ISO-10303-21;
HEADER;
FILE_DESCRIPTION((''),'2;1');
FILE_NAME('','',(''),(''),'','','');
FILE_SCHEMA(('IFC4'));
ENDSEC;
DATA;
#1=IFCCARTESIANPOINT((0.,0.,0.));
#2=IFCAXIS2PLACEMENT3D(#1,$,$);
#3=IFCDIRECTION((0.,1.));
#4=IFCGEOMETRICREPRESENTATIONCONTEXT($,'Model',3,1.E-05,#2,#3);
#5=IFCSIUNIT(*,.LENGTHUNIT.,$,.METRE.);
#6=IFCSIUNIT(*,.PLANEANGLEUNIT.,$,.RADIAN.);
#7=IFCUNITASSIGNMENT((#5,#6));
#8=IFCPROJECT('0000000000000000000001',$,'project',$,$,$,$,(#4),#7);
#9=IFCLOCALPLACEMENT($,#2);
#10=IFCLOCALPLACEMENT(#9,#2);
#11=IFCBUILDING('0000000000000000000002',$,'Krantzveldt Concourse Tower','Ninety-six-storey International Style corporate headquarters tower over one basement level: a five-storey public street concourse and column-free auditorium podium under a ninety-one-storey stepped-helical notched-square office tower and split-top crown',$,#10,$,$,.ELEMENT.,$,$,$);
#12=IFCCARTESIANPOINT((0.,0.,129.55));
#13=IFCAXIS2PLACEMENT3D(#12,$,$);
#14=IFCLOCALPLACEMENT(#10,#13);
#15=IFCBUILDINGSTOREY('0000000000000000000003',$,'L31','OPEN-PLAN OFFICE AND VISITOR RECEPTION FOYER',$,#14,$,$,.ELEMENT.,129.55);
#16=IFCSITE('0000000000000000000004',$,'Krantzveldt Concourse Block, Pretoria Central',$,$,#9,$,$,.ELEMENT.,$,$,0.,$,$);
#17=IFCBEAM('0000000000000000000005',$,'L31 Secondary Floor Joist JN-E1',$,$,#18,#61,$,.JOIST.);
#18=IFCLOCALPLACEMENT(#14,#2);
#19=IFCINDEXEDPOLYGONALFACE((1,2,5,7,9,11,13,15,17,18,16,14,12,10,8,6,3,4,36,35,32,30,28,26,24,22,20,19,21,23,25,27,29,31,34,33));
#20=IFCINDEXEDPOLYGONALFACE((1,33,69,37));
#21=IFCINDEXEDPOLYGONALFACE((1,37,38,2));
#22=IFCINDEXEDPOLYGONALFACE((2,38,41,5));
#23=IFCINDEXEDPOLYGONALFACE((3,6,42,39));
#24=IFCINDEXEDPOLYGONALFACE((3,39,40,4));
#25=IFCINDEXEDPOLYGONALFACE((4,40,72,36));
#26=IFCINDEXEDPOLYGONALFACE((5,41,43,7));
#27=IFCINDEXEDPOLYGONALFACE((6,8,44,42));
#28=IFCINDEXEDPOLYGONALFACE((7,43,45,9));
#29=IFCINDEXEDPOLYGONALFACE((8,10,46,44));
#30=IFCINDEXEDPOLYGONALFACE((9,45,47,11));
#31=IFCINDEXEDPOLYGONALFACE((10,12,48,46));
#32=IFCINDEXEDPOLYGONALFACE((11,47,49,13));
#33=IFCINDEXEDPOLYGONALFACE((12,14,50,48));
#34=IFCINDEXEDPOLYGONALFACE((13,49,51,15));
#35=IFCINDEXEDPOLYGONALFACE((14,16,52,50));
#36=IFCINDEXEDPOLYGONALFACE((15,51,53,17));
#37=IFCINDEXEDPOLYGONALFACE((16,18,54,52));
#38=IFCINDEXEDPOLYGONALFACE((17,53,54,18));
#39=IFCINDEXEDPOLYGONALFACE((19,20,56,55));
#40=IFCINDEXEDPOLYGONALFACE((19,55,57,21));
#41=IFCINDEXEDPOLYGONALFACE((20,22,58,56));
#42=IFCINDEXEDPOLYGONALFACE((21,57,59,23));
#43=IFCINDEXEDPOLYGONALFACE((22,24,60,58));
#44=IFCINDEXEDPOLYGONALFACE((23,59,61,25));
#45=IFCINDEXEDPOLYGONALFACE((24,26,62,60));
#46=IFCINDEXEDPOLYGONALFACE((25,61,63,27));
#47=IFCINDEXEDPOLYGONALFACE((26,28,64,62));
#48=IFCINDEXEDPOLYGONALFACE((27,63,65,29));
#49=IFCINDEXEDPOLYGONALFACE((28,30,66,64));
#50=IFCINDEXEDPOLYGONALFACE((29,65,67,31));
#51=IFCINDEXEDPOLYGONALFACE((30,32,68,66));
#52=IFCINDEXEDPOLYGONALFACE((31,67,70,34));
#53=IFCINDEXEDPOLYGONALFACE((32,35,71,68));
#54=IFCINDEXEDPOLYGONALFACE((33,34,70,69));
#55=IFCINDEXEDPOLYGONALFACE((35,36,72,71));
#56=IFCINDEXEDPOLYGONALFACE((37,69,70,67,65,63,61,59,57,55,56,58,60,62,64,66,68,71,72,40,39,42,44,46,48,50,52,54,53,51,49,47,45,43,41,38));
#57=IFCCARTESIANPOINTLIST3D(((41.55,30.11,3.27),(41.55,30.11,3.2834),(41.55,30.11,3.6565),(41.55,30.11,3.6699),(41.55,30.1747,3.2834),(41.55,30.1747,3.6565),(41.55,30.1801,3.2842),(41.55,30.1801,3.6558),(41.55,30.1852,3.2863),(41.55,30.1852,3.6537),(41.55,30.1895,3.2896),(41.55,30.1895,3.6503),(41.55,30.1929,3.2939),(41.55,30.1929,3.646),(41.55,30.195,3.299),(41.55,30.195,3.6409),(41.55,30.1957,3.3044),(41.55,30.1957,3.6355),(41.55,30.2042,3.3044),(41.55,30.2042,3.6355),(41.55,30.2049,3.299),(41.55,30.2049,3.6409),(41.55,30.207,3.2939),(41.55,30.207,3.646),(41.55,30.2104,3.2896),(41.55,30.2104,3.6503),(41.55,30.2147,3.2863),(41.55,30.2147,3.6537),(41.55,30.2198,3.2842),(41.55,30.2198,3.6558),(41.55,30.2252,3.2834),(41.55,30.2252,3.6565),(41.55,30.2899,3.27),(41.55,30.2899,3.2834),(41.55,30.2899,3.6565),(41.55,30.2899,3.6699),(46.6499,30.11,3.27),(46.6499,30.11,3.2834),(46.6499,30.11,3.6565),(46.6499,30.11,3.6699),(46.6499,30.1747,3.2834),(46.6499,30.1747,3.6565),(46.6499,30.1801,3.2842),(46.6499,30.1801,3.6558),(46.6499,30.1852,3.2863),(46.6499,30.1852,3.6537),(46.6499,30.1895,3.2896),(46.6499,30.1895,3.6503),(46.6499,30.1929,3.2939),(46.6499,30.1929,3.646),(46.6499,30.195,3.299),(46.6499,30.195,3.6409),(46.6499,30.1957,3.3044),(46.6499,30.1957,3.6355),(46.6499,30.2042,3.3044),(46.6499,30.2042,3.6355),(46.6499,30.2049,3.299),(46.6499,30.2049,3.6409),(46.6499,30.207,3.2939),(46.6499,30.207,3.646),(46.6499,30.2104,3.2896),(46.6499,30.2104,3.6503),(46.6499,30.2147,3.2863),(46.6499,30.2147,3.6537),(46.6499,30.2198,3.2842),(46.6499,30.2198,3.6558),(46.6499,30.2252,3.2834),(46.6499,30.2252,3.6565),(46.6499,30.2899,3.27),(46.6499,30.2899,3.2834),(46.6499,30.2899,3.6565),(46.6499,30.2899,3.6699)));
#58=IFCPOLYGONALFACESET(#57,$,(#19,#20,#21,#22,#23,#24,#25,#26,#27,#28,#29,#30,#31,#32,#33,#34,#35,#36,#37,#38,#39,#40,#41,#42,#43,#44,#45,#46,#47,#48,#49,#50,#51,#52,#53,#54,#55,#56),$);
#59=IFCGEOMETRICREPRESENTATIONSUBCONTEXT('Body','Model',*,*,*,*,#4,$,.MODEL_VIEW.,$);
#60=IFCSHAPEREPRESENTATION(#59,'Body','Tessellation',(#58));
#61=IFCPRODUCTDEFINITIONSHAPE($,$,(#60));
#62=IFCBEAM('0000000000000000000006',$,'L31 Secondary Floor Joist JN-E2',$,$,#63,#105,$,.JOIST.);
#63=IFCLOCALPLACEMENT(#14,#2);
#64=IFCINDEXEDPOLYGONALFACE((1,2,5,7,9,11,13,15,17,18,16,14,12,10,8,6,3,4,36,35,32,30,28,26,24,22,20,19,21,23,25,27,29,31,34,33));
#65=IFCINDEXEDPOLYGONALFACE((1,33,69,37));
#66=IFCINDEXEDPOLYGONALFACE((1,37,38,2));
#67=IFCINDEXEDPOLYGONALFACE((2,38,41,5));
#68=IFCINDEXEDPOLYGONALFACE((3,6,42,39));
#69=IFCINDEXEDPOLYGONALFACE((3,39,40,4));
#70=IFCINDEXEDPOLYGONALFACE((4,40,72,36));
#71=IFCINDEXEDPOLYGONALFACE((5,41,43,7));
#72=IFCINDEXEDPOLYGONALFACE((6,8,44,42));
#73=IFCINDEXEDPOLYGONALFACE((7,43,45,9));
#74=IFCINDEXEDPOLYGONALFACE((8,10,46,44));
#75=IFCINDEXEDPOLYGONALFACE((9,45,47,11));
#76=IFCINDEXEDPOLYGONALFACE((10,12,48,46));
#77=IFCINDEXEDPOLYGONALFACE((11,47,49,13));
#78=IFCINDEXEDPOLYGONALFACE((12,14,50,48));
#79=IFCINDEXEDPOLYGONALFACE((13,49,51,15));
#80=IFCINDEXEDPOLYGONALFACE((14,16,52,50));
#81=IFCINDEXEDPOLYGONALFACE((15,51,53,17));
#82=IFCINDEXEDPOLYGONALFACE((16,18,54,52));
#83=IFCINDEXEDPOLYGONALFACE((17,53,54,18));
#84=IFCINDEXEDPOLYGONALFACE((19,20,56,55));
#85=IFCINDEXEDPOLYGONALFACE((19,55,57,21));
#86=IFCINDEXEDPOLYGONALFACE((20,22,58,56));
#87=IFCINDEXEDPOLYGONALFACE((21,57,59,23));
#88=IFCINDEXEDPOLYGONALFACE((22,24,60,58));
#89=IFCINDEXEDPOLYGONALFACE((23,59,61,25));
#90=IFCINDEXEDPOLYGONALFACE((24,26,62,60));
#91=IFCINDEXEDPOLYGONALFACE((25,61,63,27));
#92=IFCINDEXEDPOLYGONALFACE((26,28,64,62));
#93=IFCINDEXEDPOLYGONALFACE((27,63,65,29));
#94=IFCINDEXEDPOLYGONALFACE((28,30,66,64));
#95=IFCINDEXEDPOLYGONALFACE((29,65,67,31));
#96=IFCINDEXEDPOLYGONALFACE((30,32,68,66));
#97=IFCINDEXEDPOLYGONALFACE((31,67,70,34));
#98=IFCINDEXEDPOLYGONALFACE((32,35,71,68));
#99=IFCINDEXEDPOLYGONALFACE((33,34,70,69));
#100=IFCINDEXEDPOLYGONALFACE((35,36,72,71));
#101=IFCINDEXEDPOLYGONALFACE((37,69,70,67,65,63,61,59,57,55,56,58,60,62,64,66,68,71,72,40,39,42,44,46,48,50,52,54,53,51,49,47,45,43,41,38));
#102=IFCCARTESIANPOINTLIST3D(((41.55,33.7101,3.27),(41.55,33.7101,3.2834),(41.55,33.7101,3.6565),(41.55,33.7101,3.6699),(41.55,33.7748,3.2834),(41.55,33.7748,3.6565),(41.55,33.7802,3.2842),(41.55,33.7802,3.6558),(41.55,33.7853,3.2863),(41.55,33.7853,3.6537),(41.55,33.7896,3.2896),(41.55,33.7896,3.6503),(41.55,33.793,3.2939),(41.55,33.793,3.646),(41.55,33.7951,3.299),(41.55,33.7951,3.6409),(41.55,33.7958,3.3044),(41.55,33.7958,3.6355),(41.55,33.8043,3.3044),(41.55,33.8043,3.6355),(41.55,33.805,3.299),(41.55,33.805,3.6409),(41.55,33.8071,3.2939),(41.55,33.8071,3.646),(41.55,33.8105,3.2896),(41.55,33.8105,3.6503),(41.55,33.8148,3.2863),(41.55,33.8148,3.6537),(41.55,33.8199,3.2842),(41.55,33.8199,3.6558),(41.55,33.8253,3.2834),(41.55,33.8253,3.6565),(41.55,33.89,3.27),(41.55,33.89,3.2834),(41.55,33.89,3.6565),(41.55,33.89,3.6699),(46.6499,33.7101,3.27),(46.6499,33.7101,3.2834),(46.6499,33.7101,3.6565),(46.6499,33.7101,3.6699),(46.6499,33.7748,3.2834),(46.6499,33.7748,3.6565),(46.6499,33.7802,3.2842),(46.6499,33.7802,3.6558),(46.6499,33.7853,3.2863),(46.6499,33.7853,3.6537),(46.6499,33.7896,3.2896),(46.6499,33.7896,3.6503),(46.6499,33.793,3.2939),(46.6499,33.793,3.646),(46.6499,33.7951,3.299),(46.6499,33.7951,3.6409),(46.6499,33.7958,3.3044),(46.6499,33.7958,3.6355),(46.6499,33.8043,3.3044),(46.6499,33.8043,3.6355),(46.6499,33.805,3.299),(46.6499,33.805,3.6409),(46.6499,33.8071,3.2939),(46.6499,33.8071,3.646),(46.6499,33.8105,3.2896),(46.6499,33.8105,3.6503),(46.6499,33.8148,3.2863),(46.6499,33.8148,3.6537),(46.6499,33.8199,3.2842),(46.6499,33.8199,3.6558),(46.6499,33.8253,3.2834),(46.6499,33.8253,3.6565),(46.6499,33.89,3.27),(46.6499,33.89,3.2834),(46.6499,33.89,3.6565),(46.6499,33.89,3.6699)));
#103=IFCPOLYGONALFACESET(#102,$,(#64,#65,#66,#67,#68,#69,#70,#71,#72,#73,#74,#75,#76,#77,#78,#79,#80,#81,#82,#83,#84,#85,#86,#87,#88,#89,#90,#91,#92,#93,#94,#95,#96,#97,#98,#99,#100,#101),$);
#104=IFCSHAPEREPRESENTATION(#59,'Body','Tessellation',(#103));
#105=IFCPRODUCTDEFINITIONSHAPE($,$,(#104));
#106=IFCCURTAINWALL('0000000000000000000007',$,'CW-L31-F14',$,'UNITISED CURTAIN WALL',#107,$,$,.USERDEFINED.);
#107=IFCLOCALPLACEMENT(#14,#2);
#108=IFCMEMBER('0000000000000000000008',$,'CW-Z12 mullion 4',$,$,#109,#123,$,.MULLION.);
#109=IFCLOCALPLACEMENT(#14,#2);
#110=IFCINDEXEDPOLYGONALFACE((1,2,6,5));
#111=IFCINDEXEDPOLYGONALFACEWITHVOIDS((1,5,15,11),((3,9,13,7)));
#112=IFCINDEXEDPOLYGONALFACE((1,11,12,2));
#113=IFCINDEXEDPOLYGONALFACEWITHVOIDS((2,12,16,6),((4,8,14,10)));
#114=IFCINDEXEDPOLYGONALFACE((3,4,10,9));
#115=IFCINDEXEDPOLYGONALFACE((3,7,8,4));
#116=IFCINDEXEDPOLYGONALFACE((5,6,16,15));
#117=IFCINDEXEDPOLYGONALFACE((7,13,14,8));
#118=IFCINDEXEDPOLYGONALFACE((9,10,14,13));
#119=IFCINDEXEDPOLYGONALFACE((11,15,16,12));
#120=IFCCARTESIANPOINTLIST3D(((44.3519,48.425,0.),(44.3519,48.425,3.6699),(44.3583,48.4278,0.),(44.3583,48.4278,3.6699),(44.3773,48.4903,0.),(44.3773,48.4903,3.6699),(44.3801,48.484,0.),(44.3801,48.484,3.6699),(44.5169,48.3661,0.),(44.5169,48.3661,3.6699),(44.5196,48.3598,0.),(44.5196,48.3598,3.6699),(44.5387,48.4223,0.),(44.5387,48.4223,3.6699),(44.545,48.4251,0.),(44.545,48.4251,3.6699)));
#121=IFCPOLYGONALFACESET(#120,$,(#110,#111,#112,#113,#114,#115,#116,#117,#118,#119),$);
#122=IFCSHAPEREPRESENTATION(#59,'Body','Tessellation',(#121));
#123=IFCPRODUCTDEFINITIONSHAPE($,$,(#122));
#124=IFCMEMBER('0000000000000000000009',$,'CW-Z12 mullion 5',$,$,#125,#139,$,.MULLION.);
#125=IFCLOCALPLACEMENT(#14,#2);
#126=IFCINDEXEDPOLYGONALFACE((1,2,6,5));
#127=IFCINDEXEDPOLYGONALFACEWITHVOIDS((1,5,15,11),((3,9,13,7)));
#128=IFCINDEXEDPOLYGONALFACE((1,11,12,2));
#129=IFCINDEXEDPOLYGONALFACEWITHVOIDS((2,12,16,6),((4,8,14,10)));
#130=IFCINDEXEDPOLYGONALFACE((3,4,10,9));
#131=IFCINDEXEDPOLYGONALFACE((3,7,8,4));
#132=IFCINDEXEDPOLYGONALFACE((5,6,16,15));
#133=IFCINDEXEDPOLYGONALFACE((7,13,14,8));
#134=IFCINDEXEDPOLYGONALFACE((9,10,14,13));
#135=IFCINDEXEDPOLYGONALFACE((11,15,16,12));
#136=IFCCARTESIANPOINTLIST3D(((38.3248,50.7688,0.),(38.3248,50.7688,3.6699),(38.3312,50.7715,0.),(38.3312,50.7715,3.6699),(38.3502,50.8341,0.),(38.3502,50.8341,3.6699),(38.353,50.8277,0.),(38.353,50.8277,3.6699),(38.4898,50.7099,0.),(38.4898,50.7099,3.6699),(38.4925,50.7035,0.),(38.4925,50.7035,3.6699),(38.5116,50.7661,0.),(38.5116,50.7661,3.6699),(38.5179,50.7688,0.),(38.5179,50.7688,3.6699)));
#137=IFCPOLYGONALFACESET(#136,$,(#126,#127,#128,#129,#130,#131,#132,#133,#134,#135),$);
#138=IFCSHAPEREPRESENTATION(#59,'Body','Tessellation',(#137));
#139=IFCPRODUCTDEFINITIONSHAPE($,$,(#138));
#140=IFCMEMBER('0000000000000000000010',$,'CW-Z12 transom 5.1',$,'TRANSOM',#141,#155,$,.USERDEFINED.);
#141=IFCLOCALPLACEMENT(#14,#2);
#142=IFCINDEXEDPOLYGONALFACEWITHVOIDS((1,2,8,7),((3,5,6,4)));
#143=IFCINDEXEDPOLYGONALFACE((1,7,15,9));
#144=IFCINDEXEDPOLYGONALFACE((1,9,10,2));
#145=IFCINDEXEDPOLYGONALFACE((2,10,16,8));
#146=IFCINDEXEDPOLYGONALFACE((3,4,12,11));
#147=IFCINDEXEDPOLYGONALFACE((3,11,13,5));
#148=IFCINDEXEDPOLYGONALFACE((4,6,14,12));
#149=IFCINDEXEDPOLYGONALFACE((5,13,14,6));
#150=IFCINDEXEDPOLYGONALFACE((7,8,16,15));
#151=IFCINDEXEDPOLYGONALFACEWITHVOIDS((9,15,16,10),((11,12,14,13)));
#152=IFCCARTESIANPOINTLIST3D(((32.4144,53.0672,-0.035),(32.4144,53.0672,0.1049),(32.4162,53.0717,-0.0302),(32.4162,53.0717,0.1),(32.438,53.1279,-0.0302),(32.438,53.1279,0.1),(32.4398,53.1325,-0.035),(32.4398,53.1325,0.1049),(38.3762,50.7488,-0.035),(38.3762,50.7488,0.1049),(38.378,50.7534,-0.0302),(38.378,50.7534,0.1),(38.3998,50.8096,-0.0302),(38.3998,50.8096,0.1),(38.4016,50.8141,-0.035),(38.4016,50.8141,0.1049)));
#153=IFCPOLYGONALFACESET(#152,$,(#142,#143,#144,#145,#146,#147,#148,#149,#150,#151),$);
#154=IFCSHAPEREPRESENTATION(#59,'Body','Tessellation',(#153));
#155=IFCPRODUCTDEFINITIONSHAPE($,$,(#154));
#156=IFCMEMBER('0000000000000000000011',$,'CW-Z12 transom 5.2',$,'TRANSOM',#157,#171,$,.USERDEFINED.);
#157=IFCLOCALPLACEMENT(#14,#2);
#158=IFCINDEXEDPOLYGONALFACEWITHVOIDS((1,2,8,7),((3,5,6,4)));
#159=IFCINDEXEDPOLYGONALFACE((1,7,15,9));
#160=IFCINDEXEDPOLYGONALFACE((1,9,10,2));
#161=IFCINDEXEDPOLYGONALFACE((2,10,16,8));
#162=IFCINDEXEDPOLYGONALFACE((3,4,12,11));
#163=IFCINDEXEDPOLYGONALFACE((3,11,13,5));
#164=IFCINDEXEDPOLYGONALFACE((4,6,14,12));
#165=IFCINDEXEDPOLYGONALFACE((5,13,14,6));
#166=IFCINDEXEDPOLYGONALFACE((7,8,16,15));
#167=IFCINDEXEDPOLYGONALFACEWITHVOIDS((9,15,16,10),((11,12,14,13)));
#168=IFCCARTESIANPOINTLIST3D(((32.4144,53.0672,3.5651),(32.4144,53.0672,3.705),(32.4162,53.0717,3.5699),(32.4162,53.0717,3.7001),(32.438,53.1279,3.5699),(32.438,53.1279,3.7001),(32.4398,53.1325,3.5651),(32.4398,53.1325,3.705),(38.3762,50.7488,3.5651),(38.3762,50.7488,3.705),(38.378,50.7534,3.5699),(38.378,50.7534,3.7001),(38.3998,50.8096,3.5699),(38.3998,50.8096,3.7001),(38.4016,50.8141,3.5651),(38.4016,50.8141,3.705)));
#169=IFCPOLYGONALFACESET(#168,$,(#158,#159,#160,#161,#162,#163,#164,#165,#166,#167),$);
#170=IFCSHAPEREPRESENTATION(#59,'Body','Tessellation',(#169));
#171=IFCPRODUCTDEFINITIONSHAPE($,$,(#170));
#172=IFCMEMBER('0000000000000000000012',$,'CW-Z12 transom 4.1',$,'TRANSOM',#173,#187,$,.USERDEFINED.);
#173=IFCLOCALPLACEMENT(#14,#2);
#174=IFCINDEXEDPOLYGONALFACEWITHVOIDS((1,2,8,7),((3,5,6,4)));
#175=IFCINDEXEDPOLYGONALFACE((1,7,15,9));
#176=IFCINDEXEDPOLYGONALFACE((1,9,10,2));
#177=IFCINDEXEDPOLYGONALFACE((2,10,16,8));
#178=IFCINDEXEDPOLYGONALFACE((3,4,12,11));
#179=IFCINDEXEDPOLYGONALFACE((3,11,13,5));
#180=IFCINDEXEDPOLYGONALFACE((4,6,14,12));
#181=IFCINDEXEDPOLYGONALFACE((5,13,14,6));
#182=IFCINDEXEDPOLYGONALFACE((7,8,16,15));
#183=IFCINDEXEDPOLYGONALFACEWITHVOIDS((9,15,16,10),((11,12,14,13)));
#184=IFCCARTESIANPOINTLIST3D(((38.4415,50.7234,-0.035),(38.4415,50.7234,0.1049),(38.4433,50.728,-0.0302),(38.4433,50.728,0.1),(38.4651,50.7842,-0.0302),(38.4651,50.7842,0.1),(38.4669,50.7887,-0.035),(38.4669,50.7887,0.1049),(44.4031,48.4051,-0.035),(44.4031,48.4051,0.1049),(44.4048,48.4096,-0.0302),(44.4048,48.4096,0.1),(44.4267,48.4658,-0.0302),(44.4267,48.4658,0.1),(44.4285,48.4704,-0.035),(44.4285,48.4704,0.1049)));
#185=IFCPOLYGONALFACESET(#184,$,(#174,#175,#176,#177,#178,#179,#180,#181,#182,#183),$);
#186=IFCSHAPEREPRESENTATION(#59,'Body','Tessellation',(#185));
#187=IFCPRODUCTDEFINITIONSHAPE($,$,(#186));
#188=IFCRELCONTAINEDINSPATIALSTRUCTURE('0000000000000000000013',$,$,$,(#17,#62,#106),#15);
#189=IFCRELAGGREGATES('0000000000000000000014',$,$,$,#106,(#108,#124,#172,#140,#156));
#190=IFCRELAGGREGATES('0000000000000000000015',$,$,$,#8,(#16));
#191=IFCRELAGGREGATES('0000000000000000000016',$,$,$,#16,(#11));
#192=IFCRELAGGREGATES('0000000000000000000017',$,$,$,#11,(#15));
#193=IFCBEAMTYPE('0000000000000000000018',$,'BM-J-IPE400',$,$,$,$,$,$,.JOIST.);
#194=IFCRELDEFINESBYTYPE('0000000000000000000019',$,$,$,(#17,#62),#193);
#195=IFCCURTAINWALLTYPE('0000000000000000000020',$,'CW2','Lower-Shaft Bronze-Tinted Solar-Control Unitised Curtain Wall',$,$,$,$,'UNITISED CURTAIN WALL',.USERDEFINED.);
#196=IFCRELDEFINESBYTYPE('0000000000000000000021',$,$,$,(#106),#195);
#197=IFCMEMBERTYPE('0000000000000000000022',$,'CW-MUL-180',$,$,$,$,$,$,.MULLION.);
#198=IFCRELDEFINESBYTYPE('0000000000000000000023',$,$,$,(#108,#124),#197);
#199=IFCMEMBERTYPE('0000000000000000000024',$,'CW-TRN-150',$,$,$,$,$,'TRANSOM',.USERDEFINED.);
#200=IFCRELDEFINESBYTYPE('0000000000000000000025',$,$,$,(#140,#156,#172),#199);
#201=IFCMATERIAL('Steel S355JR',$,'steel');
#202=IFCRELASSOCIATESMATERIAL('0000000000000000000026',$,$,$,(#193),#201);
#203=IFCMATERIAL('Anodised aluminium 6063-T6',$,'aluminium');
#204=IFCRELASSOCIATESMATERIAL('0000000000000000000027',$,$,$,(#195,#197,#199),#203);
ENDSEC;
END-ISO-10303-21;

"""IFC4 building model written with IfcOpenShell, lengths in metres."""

from ifc_helpers import new_model, si_unit, direction, frame, origin, origin_2d, place, context, subcontext, project, spatial, hollow_rectangle, i_section, extrude, source, transform, mapped, material, material_profile, profile_set, type_object, type_shapes, element, aggregate, save


model = new_model("IFC4")

# Units and contexts
model_context = context("Model", 3, precision=1e-05, world=origin(), true_north=direction((0.0, 1.0)))
body_context = subcontext(model_context, "Body", "Model", "MODEL_VIEW")
ifc_project = project(units=[si_unit("LENGTHUNIT", "METRE"), si_unit("PLANEANGLEUNIT", "RADIAN")], contexts=[model_context])

# Site, building, storey
site_placement = place(None, origin())
site = spatial("IfcSite", under=ifc_project, at=site_placement, Name="Krantzveldt Concourse Block, Pretoria Central", CompositionType="ELEMENT", RefElevation=0.0)
building_placement = place(site_placement, origin())
building = spatial("IfcBuilding", under=site, at=building_placement, Name="Krantzveldt Concourse Tower", Description="Ninety-six-storey International Style corporate headquarters tower over one basement level: a five-storey public street concourse and column-free auditorium podium under a ninety-one-storey stepped-helical notched-square office tower and split-top crown", CompositionType="ELEMENT")
storey_placement = place(building_placement, frame((0.0, 0.0, 129.55)))
storey = spatial("IfcBuildingStorey", under=building, at=storey_placement, Name="L31", Description="OPEN-PLAN OFFICE AND VISITOR RECEPTION FOYER", CompositionType="ELEMENT", Elevation=129.55)

# Beams
ifc_material_1 = material(Name="Steel S355JR", Category="steel")
ifc_material_profile_1 = material_profile(ifc_material_1, i_section(OverallWidth=0.1799, OverallDepth=0.3999, WebThickness=0.0085, FlangeThickness=0.0134, FilletRadius=0.021, at=origin_2d()), Name="Steel S355JR", Category="steel")
ifc_profile_set_1 = profile_set([ifc_material_profile_1], Name="Steel S355JR - IPE 400")
beam_type_1 = type_object("IfcBeamType", Name="BM-J-IPE400", PredefinedType="JOIST", material=ifc_profile_set_1)
shared_shape_1 = source(origin(), body_context, "Body", "SweptSolid", [
    extrude(i_section(OverallWidth=0.1799, OverallDepth=0.3999, WebThickness=0.0085, FlangeThickness=0.0134, FilletRadius=0.021, at=origin_2d()), origin(), (0.0, 0.0, 1.0), 5.0999),
])
type_shapes(beam_type_1, [shared_shape_1])
for number, where, z_axis, x_axis, name in (
    (1, (41.55, 30.2, 3.47), (1.0, 0.0, 0.0), (0.0, 1.0, 0.0), "L31 Secondary Floor Joist JN-E1"),
    (2, (41.55, 33.8, 3.47), (1.0, 0.0, 0.0), (0.0, 1.0, 0.0), "L31 Secondary Floor Joist JN-E2"),
):
    element("IfcBeam", number, at=place(storey_placement, frame(where, z_axis=z_axis, x_axis=x_axis)), inside=storey, type_object=beam_type_1, Name=name, PredefinedType="JOIST", context=body_context, shape_type="MappedRepresentation", body=[
        mapped(shared_shape_1, transform((0.0, 0.0, 0.0), x_axis=(1.0, 0.0, 0.0), y_axis=(0.0, 1.0, 0.0), z_axis=(0.0, 0.0, 1.0), scale=1.0)),
    ])

# Curtain wall, members
ifc_material_2 = material(Name="Anodised aluminium 6063-T6", Category="aluminium")
curtain_wall_type = type_object("IfcCurtainWallType", Name="CW2", Description="Lower-Shaft Bronze-Tinted Solar-Control Unitised Curtain Wall", ElementType="UNITISED CURTAIN WALL", PredefinedType="USERDEFINED", material=ifc_material_2)
curtain_wall_placement = place(storey_placement, origin())
curtain_wall = element("IfcCurtainWall", 3, at=curtain_wall_placement, inside=storey, type_object=curtain_wall_type, Name="CW-L31-F14", ObjectType="UNITISED CURTAIN WALL", PredefinedType="USERDEFINED")
ifc_material_profile_2 = material_profile(ifc_material_2, hollow_rectangle(XDim=0.0701, YDim=0.1799, WallThickness=0.0049, at=origin_2d()), Name="Anodised aluminium 6063-T6", Category="aluminium")
ifc_profile_set_2 = profile_set([ifc_material_profile_2], Name="Anodised aluminium 6063-T6 - ALU-MULL 180x70x5")
member_type_1 = type_object("IfcMemberType", Name="CW-MUL-180", PredefinedType="MULLION", material=ifc_profile_set_2)
shared_shape_2 = source(origin(), body_context, "Body", "SweptSolid", [
    extrude(hollow_rectangle(XDim=0.0701, YDim=0.1799, WallThickness=0.0049, at=origin_2d()), origin(), (0.0, 0.0, 1.0), 3.6699),
])
type_shapes(member_type_1, [shared_shape_2])
member_1_placement = place(storey_placement, frame((44.4485, 48.425, 0.0), z_axis=(0.0, 0.0, 1.0), x_axis=(-0.362438, -0.932008, 0.0)))
member_1 = element("IfcMember", 4, at=member_1_placement, type_object=member_type_1, Name="CW-Z12 mullion 4", PredefinedType="MULLION", context=body_context, shape_type="MappedRepresentation", body=[
    mapped(shared_shape_2, transform((0.0, 0.0, 0.0), x_axis=(1.0, 0.0, 0.0), y_axis=(0.0, 1.0, 0.0), z_axis=(0.0, 0.0, 1.0), scale=1.0)),
])
member_2_placement = place(storey_placement, frame((38.4214, 50.7688, 0.0), z_axis=(0.0, 0.0, 1.0), x_axis=(-0.362438, -0.932008, 0.0)))
member_2 = element("IfcMember", 5, at=member_2_placement, type_object=member_type_1, Name="CW-Z12 mullion 5", PredefinedType="MULLION", context=body_context, shape_type="MappedRepresentation", body=[
    mapped(shared_shape_2, transform((0.0, 0.0, 0.0), x_axis=(1.0, 0.0, 0.0), y_axis=(0.0, 1.0, 0.0), z_axis=(0.0, 0.0, 1.0), scale=1.0)),
])
ifc_material_profile_3 = material_profile(ifc_material_2, hollow_rectangle(XDim=0.0701, YDim=0.1399, WallThickness=0.0049, at=origin_2d()), Name="Anodised aluminium 6063-T6", Category="aluminium")
ifc_profile_set_3 = profile_set([ifc_material_profile_3], Name="Anodised aluminium 6063-T6 - ALU-TRAN 140x70x5")
member_type_2 = type_object("IfcMemberType", Name="CW-TRN-150", ElementType="TRANSOM", PredefinedType="USERDEFINED", material=ifc_profile_set_3)
shared_shape_3 = source(origin(), body_context, "Body", "SweptSolid", [
    extrude(hollow_rectangle(XDim=0.0701, YDim=0.1399, WallThickness=0.0049, at=origin_2d()), origin(), (0.0, 0.0, 1.0), 6.3967),
])
member_3_placement = place(storey_placement, frame((38.3889, 50.7815, 0.0349), z_axis=(-0.932013, 0.362424, 0.0), x_axis=(-0.362424, -0.932013, 0.0)))
member_3 = element("IfcMember", 6, at=member_3_placement, type_object=member_type_2, Name="CW-Z12 transom 5.1", ObjectType="TRANSOM", PredefinedType="USERDEFINED", context=body_context, shape_type="MappedRepresentation", body=[
    mapped(shared_shape_3, transform((0.0, 0.0, 0.0), x_axis=(1.0, 0.0, 0.0), y_axis=(0.0, 1.0, 0.0), z_axis=(0.0, 0.0, 1.0), scale=1.0)),
])
member_4_placement = place(storey_placement, frame((38.3889, 50.7815, 3.635), z_axis=(-0.932013, 0.362424, 0.0), x_axis=(-0.362424, -0.932013, 0.0)))
member_4 = element("IfcMember", 7, at=member_4_placement, type_object=member_type_2, Name="CW-Z12 transom 5.2", ObjectType="TRANSOM", PredefinedType="USERDEFINED", context=body_context, shape_type="MappedRepresentation", body=[
    mapped(shared_shape_3, transform((0.0, 0.0, 0.0), x_axis=(1.0, 0.0, 0.0), y_axis=(0.0, 1.0, 0.0), z_axis=(0.0, 0.0, 1.0), scale=1.0)),
])
shared_shape_4 = source(origin(), body_context, "Body", "SweptSolid", [
    extrude(hollow_rectangle(XDim=0.0701, YDim=0.1399, WallThickness=0.0049, at=origin_2d()), origin(), (0.0, 0.0, 1.0), 6.3965),
])
type_shapes(member_type_2, [shared_shape_3, shared_shape_4])
member_5_placement = place(storey_placement, frame((44.4158, 48.4377, 0.0349), z_axis=(-0.932008, 0.362437, 0.0), x_axis=(-0.362437, -0.932008, 0.0)))
member_5 = element("IfcMember", 8, at=member_5_placement, type_object=member_type_2, Name="CW-Z12 transom 4.1", ObjectType="TRANSOM", PredefinedType="USERDEFINED", context=body_context, shape_type="MappedRepresentation", body=[
    mapped(shared_shape_4, transform((0.0, 0.0, 0.0), x_axis=(1.0, 0.0, 0.0), y_axis=(0.0, 1.0, 0.0), z_axis=(0.0, 0.0, 1.0), scale=1.0)),
])
aggregate(curtain_wall, [member_1, member_2, member_5, member_3, member_4])

save(model, "model.ifc")
